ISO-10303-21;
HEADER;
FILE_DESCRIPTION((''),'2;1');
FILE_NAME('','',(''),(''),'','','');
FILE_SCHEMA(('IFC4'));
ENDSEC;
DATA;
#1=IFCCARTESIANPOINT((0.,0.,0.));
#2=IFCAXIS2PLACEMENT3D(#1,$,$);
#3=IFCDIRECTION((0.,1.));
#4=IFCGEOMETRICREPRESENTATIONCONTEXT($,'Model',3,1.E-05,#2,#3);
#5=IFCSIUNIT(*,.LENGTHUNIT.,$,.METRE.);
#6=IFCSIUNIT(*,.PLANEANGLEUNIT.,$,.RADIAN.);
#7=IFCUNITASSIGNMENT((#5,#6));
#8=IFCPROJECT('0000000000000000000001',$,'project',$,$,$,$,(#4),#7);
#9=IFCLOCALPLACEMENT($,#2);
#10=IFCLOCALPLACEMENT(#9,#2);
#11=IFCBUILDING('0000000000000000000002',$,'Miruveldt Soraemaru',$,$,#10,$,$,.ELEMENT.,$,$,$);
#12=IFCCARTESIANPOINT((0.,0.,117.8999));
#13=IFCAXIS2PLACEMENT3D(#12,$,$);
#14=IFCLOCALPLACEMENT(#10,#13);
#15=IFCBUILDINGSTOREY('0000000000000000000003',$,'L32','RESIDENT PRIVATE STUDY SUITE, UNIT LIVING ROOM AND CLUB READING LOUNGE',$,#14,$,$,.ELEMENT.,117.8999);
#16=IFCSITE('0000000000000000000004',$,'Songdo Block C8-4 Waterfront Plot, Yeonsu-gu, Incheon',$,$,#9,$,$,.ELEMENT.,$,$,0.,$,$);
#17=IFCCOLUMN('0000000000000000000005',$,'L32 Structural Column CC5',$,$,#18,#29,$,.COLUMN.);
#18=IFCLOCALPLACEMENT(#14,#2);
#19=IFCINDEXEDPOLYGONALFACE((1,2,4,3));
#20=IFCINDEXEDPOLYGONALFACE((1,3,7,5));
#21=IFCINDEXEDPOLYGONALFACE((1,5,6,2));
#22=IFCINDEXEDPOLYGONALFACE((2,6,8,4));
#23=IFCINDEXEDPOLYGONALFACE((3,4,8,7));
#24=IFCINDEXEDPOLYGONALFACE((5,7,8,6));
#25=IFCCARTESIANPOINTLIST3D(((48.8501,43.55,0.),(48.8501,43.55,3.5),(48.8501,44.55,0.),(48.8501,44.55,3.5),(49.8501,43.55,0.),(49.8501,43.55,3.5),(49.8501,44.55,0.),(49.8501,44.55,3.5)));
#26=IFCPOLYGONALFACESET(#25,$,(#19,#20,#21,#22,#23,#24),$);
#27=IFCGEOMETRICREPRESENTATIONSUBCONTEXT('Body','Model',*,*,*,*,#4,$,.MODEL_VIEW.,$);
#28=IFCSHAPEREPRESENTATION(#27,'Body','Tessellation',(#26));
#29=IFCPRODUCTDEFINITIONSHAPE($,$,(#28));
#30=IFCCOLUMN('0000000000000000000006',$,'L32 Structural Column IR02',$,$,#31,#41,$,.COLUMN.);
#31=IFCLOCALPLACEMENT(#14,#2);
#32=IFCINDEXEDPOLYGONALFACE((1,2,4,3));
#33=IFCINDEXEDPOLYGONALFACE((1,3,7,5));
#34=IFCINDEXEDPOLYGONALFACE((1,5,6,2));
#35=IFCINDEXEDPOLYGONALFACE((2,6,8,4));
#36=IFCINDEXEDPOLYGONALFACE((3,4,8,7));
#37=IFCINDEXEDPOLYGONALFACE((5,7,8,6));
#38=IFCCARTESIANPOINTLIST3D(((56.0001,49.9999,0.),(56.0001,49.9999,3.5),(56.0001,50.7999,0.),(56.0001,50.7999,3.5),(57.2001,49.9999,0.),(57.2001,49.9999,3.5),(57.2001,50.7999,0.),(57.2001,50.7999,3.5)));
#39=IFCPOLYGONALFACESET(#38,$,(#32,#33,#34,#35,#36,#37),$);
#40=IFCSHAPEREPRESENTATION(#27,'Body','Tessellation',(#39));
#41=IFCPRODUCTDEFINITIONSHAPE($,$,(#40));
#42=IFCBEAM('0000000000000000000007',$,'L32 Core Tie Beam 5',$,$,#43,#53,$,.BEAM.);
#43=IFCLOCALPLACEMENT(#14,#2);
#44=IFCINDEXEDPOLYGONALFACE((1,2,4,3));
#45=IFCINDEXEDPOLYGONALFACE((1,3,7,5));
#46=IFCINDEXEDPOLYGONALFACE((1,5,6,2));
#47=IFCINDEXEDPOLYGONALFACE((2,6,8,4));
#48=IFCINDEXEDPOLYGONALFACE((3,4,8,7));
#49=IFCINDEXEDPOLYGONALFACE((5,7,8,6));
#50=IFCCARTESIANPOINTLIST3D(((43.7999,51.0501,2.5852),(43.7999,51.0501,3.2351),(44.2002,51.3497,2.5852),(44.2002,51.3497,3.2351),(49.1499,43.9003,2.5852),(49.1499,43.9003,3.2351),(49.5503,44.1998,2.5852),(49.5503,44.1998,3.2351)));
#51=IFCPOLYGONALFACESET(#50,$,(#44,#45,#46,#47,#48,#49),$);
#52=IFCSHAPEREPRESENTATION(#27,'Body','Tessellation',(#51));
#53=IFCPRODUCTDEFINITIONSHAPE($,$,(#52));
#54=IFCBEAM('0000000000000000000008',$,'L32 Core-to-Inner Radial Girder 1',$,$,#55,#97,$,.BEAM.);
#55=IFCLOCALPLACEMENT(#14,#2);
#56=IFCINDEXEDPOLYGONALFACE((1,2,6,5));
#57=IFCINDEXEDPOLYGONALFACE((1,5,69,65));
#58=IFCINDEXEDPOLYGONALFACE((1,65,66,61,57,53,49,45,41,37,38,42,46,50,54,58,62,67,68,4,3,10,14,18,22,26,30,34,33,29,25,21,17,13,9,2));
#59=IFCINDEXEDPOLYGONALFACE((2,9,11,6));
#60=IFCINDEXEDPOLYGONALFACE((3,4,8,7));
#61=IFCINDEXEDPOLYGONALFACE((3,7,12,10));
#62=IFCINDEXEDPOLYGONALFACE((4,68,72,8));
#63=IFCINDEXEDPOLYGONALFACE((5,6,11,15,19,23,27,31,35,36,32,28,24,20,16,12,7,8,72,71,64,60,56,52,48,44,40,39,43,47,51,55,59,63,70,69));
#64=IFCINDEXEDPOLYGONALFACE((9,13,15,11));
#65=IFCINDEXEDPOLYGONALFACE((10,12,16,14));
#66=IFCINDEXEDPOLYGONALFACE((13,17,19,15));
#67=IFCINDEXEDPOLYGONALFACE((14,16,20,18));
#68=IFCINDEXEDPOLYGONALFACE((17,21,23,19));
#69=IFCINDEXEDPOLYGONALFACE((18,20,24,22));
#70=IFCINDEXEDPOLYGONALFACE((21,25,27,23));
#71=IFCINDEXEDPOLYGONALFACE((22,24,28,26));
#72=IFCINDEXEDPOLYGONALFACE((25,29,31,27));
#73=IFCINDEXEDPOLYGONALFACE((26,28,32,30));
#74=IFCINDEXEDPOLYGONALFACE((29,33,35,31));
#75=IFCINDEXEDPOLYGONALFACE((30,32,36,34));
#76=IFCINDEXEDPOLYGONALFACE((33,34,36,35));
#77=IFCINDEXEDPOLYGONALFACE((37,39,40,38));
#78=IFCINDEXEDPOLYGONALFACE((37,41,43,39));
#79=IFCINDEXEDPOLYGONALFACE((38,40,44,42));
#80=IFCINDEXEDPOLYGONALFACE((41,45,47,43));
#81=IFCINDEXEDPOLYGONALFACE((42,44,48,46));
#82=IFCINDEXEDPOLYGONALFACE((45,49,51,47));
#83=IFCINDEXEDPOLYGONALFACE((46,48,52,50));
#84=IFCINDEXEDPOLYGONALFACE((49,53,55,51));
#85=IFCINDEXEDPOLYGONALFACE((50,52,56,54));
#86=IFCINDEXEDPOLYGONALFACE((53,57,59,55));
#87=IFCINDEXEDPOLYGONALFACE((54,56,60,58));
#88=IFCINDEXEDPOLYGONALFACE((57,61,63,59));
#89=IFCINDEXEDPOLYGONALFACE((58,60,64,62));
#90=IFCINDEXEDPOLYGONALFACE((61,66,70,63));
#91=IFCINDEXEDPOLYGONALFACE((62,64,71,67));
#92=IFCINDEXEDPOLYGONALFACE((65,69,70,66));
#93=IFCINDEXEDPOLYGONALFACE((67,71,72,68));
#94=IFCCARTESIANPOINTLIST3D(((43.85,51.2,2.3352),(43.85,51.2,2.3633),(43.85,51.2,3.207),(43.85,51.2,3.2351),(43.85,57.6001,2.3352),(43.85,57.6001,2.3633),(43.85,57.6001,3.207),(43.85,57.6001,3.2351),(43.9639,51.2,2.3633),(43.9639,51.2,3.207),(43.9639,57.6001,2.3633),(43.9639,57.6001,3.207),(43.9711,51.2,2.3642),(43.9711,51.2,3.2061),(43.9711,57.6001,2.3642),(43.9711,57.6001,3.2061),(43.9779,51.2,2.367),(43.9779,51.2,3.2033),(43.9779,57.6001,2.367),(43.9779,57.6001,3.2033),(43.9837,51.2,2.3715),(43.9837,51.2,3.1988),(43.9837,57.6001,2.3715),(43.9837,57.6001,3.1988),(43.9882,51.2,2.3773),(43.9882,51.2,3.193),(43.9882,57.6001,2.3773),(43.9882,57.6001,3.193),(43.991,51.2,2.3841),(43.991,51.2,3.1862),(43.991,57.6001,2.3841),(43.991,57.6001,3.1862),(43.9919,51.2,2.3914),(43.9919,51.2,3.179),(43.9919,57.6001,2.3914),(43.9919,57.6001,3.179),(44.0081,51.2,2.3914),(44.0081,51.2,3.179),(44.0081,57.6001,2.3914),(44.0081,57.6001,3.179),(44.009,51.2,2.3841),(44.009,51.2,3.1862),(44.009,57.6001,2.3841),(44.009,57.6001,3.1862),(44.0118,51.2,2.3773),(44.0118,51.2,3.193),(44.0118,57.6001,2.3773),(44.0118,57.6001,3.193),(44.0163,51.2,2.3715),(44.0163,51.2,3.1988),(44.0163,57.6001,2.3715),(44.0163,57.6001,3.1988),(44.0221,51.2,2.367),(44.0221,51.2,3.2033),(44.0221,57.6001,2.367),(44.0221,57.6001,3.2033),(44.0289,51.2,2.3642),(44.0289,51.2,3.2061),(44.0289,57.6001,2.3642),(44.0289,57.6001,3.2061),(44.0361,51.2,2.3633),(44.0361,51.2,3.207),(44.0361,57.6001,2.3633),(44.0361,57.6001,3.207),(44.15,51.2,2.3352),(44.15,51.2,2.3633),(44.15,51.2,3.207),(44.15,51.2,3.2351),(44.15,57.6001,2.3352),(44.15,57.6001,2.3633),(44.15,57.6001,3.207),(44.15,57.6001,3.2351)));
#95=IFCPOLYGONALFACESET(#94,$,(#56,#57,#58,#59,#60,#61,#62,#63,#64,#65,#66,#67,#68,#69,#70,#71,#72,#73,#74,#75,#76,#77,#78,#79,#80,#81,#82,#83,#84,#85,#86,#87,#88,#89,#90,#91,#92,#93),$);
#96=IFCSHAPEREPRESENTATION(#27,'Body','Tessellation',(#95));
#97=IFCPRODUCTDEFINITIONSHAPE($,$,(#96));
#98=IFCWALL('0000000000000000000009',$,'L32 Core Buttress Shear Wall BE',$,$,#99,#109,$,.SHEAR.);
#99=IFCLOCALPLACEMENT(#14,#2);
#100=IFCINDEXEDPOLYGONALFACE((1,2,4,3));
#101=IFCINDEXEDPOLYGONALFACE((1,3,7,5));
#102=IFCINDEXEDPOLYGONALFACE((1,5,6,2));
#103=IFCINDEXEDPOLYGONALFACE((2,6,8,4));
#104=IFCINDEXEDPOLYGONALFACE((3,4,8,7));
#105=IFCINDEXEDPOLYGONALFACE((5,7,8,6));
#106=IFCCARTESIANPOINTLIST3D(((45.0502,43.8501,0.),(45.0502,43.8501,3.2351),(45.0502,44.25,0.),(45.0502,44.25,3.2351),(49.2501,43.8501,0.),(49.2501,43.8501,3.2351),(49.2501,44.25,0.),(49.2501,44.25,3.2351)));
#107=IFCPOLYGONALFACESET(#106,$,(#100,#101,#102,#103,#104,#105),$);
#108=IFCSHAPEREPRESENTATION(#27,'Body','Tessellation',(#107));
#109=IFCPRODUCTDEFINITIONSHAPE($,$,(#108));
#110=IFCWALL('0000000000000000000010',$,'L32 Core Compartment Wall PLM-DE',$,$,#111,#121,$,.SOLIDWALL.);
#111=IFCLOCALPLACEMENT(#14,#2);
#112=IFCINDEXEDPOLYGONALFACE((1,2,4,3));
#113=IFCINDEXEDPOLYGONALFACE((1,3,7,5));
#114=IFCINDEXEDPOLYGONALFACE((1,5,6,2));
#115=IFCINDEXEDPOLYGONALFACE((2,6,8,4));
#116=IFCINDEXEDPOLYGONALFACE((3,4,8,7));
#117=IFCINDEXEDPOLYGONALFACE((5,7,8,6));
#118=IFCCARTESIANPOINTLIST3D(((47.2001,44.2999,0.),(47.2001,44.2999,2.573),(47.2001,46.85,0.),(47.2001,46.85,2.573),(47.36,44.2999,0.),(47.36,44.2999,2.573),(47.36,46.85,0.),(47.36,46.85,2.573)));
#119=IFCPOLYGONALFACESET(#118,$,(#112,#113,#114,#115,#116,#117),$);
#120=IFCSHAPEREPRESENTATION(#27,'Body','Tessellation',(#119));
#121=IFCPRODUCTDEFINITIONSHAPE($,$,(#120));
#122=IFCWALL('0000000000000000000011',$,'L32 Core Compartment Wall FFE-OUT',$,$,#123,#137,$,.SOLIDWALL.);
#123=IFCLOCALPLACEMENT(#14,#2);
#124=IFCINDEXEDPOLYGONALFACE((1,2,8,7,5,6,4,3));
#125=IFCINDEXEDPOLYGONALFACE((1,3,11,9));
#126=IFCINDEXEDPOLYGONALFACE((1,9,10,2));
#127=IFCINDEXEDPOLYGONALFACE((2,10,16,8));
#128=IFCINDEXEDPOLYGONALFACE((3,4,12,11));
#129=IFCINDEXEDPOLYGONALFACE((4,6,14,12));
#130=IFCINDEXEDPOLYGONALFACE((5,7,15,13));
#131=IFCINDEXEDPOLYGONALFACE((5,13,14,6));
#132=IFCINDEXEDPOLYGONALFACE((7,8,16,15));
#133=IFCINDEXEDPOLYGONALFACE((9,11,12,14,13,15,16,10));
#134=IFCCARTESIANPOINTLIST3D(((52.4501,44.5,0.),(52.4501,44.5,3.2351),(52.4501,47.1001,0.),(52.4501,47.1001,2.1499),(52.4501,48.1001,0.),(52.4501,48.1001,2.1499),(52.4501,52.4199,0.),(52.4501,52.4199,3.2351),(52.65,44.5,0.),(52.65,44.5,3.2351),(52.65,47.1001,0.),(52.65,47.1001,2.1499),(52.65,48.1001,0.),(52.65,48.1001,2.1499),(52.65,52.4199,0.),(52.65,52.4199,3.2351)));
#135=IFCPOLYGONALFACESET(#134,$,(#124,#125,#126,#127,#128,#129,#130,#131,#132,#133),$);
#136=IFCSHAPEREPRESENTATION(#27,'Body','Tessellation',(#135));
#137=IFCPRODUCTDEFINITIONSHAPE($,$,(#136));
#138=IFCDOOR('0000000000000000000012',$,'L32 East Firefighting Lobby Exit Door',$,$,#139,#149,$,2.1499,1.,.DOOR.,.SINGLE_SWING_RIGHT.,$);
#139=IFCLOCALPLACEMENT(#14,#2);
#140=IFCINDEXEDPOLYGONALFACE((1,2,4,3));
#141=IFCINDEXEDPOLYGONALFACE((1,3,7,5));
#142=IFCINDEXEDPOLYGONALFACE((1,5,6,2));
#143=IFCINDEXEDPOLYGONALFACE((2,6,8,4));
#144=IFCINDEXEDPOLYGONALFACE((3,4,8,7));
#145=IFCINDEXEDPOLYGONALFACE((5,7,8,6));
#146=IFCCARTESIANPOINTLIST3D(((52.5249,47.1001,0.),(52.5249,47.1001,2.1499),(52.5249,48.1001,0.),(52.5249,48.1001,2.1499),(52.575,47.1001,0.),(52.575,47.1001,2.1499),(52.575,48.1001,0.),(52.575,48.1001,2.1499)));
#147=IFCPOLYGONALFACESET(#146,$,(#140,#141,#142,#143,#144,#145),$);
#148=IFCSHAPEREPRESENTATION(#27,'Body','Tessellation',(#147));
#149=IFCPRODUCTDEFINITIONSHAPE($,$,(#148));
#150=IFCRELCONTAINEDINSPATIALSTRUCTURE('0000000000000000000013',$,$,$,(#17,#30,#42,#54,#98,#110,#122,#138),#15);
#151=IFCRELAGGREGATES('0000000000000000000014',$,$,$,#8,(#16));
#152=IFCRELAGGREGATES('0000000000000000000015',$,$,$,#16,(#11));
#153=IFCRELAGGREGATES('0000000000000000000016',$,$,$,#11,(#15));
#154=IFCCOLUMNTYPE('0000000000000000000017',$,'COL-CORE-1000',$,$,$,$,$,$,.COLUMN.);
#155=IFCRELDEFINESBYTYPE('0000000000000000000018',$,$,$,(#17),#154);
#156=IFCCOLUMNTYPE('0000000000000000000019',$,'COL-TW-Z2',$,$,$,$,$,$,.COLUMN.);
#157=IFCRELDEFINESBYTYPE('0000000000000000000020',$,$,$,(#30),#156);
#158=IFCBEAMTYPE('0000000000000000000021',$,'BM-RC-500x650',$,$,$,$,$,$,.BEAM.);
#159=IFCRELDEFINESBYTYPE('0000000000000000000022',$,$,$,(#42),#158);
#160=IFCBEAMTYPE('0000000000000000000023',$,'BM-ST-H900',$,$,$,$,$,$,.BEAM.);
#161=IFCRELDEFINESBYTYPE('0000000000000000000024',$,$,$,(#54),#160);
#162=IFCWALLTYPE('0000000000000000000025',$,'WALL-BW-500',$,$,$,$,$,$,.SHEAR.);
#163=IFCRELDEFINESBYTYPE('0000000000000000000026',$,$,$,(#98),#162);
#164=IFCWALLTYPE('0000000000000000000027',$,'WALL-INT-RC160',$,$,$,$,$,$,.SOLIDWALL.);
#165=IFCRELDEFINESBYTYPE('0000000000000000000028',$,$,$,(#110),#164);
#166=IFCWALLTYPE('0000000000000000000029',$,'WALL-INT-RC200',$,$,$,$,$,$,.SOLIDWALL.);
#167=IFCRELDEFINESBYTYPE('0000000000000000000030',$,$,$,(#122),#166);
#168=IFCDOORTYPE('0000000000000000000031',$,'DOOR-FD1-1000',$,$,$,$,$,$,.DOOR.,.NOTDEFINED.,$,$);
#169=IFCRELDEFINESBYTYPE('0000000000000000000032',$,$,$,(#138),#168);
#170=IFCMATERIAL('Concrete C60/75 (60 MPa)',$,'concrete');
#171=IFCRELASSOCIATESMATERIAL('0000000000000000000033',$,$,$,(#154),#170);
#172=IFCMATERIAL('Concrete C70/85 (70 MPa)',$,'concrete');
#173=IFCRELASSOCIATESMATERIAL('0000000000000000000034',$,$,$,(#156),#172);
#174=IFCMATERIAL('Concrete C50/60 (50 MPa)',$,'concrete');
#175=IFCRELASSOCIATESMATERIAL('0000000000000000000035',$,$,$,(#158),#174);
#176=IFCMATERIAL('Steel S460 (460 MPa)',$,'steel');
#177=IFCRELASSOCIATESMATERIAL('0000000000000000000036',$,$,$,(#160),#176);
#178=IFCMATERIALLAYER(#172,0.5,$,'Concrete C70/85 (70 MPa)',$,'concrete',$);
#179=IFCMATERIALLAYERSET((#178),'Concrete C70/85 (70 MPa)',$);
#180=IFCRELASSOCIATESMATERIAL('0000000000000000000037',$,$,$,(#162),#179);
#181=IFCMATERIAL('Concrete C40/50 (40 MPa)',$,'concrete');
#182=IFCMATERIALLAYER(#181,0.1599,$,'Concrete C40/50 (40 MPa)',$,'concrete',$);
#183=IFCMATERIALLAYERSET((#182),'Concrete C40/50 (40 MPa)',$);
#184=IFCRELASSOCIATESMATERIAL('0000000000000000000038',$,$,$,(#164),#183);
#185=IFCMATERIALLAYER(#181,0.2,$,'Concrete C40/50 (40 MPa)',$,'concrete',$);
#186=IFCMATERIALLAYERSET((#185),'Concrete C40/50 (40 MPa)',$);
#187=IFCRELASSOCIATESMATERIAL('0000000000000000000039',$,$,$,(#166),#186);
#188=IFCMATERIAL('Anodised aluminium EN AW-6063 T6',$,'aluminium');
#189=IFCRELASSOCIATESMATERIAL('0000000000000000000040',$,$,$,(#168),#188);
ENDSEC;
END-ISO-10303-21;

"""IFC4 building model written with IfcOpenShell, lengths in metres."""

from ifc_helpers import new_model, si_unit, direction, frame, frame_2d, origin, origin_2d, place, context, subcontext, project, spatial, rectangle, i_section, extrude, material, layer, layer_set, material_profile, profile_set, type_object, element, fill, save


model = new_model("IFC4")

# Units and contexts
model_context = context("Model", 3, precision=1e-05, world=origin(), true_north=direction((0.0, 1.0)))
body_context = subcontext(model_context, "Body", "Model", "MODEL_VIEW")
ifc_project = project(units=[si_unit("LENGTHUNIT", "METRE"), si_unit("PLANEANGLEUNIT", "RADIAN")], contexts=[model_context])

# Site, building, storey
site_placement = place(None, origin())
site = spatial("IfcSite", under=ifc_project, at=site_placement, Name="Songdo Block C8-4 Waterfront Plot, Yeonsu-gu, Incheon", CompositionType="ELEMENT", RefElevation=0.0)
building_placement = place(site_placement, origin())
building = spatial("IfcBuilding", under=site, at=building_placement, Name="Miruveldt Soraemaru", CompositionType="ELEMENT")
storey_placement = place(building_placement, frame((0.0, 0.0, 117.8999)))
storey = spatial("IfcBuildingStorey", under=building, at=storey_placement, Name="L32", Description="RESIDENT PRIVATE STUDY SUITE, UNIT LIVING ROOM AND CLUB READING LOUNGE", CompositionType="ELEMENT", Elevation=117.8999)

# Columns
ifc_material_1 = material(Name="Concrete C60/75 (60 MPa)", Category="concrete")
ifc_material_profile_1 = material_profile(ifc_material_1, rectangle(XDim=1.0, YDim=1.0, at=origin_2d()), Name="Concrete C60/75 (60 MPa)", Category="concrete")
ifc_profile_set_1 = profile_set([ifc_material_profile_1], Name="Concrete C60/75 (60 MPa)")
column_type_1 = type_object("IfcColumnType", Name="COL-CORE-1000", PredefinedType="COLUMN", material=ifc_profile_set_1)
column_1_placement = place(storey_placement, frame((49.3501, 44.05, 0.0), z_axis=(0.0, 0.0, 1.0), x_axis=(1.0, 0.0, 0.0)))
element("IfcColumn", 1, at=column_1_placement, inside=storey, type_object=column_type_1, Name="L32 Structural Column CC5", PredefinedType="COLUMN", context=body_context, shape_type="SweptSolid", body=[
    extrude(rectangle(XDim=1.0, YDim=1.0, at=origin_2d()), origin(), (0.0, 0.0, 1.0), 3.5),
])
ifc_material_2 = material(Name="Concrete C70/85 (70 MPa)", Category="concrete")
ifc_material_profile_2 = material_profile(ifc_material_2, rectangle(XDim=1.2, YDim=0.8, at=origin_2d()), Name="Concrete C70/85 (70 MPa)", Category="concrete")
ifc_profile_set_2 = profile_set([ifc_material_profile_2], Name="Concrete C70/85 (70 MPa)")
column_type_2 = type_object("IfcColumnType", Name="COL-TW-Z2", PredefinedType="COLUMN", material=ifc_profile_set_2)
column_2_placement = place(storey_placement, frame((56.6001, 50.3999, 0.0), z_axis=(0.0, 0.0, 1.0), x_axis=(1.0, 0.0, 0.0)))
element("IfcColumn", 2, at=column_2_placement, inside=storey, type_object=column_type_2, Name="L32 Structural Column IR02", PredefinedType="COLUMN", context=body_context, shape_type="SweptSolid", body=[
    extrude(rectangle(XDim=1.2, YDim=0.8, at=origin_2d()), origin(), (0.0, 0.0, 1.0), 3.5),
])

# Beams
ifc_material_3 = material(Name="Concrete C50/60 (50 MPa)", Category="concrete")
ifc_material_profile_3 = material_profile(ifc_material_3, rectangle(XDim=0.5, YDim=0.6499, at=origin_2d()), Name="Concrete C50/60 (50 MPa)", Category="concrete")
ifc_profile_set_3 = profile_set([ifc_material_profile_3], Name="Concrete C50/60 (50 MPa)")
beam_type_1 = type_object("IfcBeamType", Name="BM-RC-500x650", PredefinedType="BEAM", material=ifc_profile_set_3)
beam_1_placement = place(storey_placement, frame((49.3501, 44.05, 2.9102), z_axis=(-0.599116, 0.800662, 0.0), x_axis=(-0.800662, -0.599116, 0.0)))
element("IfcBeam", 3, at=beam_1_placement, inside=storey, type_object=beam_type_1, Name="L32 Core Tie Beam 5", PredefinedType="BEAM", context=body_context, shape_type="SweptSolid", body=[
    extrude(rectangle(XDim=0.5, YDim=0.6499, at=origin_2d()), origin(), (0.0, 0.0, 1.0), 8.9299),
])
ifc_material_4 = material(Name="Steel S460 (460 MPa)", Category="steel")
ifc_material_profile_4 = material_profile(ifc_material_4, i_section(OverallWidth=0.3, OverallDepth=0.8999, WebThickness=0.0161, FlangeThickness=0.0281, FilletRadius=0.0281, at=origin_2d()), Name="Steel S460 (460 MPa)", Category="steel")
ifc_profile_set_4 = profile_set([ifc_material_profile_4], Name="Steel S460 (460 MPa)")
beam_type_2 = type_object("IfcBeamType", Name="BM-ST-H900", PredefinedType="BEAM", material=ifc_profile_set_4)
beam_2_placement = place(storey_placement, frame((44.0, 51.2, 2.7852), z_axis=(0.0, 1.0, 0.0), x_axis=(-1.0, 0.0, 0.0)))
element("IfcBeam", 4, at=beam_2_placement, inside=storey, type_object=beam_type_2, Name="L32 Core-to-Inner Radial Girder 1", PredefinedType="BEAM", context=body_context, shape_type="SweptSolid", body=[
    extrude(i_section(OverallWidth=0.3, OverallDepth=0.8999, WebThickness=0.0161, FlangeThickness=0.0281, FilletRadius=0.0281, at=origin_2d()), origin(), (0.0, 0.0, 1.0), 6.4001),
])

# Walls
ifc_layer_1 = layer(ifc_material_2, 0.5, Name="Concrete C70/85 (70 MPa)", Category="concrete")
ifc_layer_set_1 = layer_set([ifc_layer_1], Name="Concrete C70/85 (70 MPa)")
wall_type_1 = type_object("IfcWallType", Name="WALL-BW-500", PredefinedType="SHEAR", material=ifc_layer_set_1)
wall_1_placement = place(storey_placement, frame((45.05, 44.05, 0.0), z_axis=(0.0, 0.0, 1.0), x_axis=(1.0, 0.0, 0.0)))
element("IfcWall", 5, at=wall_1_placement, inside=storey, type_object=wall_type_1, Name="L32 Core Buttress Shear Wall BE", PredefinedType="SHEAR", context=body_context, shape_type="SweptSolid", body=[
    extrude(rectangle(XDim=4.2, YDim=0.3999, at=frame_2d((2.1001, 0.0))), origin(), (0.0, 0.0, 1.0), 3.2351),
])
ifc_material_5 = material(Name="Concrete C40/50 (40 MPa)", Category="concrete")
ifc_layer_2 = layer(ifc_material_5, 0.1599, Name="Concrete C40/50 (40 MPa)", Category="concrete")
ifc_layer_set_2 = layer_set([ifc_layer_2], Name="Concrete C40/50 (40 MPa)")
wall_type_2 = type_object("IfcWallType", Name="WALL-INT-RC160", PredefinedType="SOLIDWALL", material=ifc_layer_set_2)
wall_2_placement = place(storey_placement, frame((47.28, 44.3, 0.0), z_axis=(0.0, 0.0, 1.0), x_axis=(0.0, 1.0, 0.0)))
element("IfcWall", 6, at=wall_2_placement, inside=storey, type_object=wall_type_2, Name="L32 Core Compartment Wall PLM-DE", PredefinedType="SOLIDWALL", context=body_context, shape_type="SweptSolid", body=[
    extrude(rectangle(XDim=2.55, YDim=0.1599, at=frame_2d((1.2749, 0.0))), origin(), (0.0, 0.0, 1.0), 2.573),
])

# Wall, opening, door
ifc_layer_3 = layer(ifc_material_5, 0.2, Name="Concrete C40/50 (40 MPa)", Category="concrete")
ifc_layer_set_3 = layer_set([ifc_layer_3], Name="Concrete C40/50 (40 MPa)")
wall_type_3 = type_object("IfcWallType", Name="WALL-INT-RC200", PredefinedType="SOLIDWALL", material=ifc_layer_set_3)
wall_3_placement = place(storey_placement, frame((52.55, 44.5, 0.0), z_axis=(0.0, 0.0, 1.0), x_axis=(0.0, 1.0, 0.0)))
wall_3 = element("IfcWall", 7, at=wall_3_placement, inside=storey, type_object=wall_type_3, Name="L32 Core Compartment Wall FFE-OUT", PredefinedType="SOLIDWALL", context=body_context, shape_type="SweptSolid", body=[
    extrude(rectangle(XDim=7.9199, YDim=0.2, at=frame_2d((3.96, 0.0))), origin(), (0.0, 0.0, 1.0), 3.2351),
])
opening_1_placement = place(wall_3_placement, frame((2.6001, 0.0, 0.0)))
opening_1 = element("IfcOpeningElement", 8, at=opening_1_placement, cuts=wall_3, PredefinedType="OPENING", context=body_context, shape_type="SweptSolid", body=[
    extrude(rectangle(XDim=1.0, YDim=2.1499, at=frame_2d((0.5, 1.075))), frame((0.0, 0.1099, 0.0), z_axis=(0.0, -1.0, 0.0), x_axis=(1.0, 0.0, 0.0)), (0.0, 0.0, 1.0), 0.22),
])
ifc_material_6 = material(Name="Anodised aluminium EN AW-6063 T6", Category="aluminium")
door_type_1 = type_object("IfcDoorType", Name="DOOR-FD1-1000", OperationType="NOTDEFINED", PredefinedType="DOOR", material=ifc_material_6)
door_1_placement = place(opening_1_placement, frame((1.0, 0.0, 0.0), z_axis=(0.0, 0.0, 1.0), x_axis=(-1.0, 0.0, 0.0)))
door_1 = element("IfcDoor", 9, at=door_1_placement, inside=storey, type_object=door_type_1, Name="L32 East Firefighting Lobby Exit Door", OperationType="SINGLE_SWING_RIGHT", OverallHeight=2.1499, OverallWidth=1.0, PredefinedType="DOOR", context=body_context, shape_type="SweptSolid", body=[
    extrude(rectangle(XDim=1.0, YDim=2.1499, at=frame_2d((0.5, 1.075))), frame((0.0, 0.0249, 0.0), z_axis=(0.0, -1.0, 0.0), x_axis=(1.0, 0.0, 0.0)), (0.0, 0.0, 1.0), 0.05),
])
fill(opening_1, door_1)

save(model, "model.ifc")
